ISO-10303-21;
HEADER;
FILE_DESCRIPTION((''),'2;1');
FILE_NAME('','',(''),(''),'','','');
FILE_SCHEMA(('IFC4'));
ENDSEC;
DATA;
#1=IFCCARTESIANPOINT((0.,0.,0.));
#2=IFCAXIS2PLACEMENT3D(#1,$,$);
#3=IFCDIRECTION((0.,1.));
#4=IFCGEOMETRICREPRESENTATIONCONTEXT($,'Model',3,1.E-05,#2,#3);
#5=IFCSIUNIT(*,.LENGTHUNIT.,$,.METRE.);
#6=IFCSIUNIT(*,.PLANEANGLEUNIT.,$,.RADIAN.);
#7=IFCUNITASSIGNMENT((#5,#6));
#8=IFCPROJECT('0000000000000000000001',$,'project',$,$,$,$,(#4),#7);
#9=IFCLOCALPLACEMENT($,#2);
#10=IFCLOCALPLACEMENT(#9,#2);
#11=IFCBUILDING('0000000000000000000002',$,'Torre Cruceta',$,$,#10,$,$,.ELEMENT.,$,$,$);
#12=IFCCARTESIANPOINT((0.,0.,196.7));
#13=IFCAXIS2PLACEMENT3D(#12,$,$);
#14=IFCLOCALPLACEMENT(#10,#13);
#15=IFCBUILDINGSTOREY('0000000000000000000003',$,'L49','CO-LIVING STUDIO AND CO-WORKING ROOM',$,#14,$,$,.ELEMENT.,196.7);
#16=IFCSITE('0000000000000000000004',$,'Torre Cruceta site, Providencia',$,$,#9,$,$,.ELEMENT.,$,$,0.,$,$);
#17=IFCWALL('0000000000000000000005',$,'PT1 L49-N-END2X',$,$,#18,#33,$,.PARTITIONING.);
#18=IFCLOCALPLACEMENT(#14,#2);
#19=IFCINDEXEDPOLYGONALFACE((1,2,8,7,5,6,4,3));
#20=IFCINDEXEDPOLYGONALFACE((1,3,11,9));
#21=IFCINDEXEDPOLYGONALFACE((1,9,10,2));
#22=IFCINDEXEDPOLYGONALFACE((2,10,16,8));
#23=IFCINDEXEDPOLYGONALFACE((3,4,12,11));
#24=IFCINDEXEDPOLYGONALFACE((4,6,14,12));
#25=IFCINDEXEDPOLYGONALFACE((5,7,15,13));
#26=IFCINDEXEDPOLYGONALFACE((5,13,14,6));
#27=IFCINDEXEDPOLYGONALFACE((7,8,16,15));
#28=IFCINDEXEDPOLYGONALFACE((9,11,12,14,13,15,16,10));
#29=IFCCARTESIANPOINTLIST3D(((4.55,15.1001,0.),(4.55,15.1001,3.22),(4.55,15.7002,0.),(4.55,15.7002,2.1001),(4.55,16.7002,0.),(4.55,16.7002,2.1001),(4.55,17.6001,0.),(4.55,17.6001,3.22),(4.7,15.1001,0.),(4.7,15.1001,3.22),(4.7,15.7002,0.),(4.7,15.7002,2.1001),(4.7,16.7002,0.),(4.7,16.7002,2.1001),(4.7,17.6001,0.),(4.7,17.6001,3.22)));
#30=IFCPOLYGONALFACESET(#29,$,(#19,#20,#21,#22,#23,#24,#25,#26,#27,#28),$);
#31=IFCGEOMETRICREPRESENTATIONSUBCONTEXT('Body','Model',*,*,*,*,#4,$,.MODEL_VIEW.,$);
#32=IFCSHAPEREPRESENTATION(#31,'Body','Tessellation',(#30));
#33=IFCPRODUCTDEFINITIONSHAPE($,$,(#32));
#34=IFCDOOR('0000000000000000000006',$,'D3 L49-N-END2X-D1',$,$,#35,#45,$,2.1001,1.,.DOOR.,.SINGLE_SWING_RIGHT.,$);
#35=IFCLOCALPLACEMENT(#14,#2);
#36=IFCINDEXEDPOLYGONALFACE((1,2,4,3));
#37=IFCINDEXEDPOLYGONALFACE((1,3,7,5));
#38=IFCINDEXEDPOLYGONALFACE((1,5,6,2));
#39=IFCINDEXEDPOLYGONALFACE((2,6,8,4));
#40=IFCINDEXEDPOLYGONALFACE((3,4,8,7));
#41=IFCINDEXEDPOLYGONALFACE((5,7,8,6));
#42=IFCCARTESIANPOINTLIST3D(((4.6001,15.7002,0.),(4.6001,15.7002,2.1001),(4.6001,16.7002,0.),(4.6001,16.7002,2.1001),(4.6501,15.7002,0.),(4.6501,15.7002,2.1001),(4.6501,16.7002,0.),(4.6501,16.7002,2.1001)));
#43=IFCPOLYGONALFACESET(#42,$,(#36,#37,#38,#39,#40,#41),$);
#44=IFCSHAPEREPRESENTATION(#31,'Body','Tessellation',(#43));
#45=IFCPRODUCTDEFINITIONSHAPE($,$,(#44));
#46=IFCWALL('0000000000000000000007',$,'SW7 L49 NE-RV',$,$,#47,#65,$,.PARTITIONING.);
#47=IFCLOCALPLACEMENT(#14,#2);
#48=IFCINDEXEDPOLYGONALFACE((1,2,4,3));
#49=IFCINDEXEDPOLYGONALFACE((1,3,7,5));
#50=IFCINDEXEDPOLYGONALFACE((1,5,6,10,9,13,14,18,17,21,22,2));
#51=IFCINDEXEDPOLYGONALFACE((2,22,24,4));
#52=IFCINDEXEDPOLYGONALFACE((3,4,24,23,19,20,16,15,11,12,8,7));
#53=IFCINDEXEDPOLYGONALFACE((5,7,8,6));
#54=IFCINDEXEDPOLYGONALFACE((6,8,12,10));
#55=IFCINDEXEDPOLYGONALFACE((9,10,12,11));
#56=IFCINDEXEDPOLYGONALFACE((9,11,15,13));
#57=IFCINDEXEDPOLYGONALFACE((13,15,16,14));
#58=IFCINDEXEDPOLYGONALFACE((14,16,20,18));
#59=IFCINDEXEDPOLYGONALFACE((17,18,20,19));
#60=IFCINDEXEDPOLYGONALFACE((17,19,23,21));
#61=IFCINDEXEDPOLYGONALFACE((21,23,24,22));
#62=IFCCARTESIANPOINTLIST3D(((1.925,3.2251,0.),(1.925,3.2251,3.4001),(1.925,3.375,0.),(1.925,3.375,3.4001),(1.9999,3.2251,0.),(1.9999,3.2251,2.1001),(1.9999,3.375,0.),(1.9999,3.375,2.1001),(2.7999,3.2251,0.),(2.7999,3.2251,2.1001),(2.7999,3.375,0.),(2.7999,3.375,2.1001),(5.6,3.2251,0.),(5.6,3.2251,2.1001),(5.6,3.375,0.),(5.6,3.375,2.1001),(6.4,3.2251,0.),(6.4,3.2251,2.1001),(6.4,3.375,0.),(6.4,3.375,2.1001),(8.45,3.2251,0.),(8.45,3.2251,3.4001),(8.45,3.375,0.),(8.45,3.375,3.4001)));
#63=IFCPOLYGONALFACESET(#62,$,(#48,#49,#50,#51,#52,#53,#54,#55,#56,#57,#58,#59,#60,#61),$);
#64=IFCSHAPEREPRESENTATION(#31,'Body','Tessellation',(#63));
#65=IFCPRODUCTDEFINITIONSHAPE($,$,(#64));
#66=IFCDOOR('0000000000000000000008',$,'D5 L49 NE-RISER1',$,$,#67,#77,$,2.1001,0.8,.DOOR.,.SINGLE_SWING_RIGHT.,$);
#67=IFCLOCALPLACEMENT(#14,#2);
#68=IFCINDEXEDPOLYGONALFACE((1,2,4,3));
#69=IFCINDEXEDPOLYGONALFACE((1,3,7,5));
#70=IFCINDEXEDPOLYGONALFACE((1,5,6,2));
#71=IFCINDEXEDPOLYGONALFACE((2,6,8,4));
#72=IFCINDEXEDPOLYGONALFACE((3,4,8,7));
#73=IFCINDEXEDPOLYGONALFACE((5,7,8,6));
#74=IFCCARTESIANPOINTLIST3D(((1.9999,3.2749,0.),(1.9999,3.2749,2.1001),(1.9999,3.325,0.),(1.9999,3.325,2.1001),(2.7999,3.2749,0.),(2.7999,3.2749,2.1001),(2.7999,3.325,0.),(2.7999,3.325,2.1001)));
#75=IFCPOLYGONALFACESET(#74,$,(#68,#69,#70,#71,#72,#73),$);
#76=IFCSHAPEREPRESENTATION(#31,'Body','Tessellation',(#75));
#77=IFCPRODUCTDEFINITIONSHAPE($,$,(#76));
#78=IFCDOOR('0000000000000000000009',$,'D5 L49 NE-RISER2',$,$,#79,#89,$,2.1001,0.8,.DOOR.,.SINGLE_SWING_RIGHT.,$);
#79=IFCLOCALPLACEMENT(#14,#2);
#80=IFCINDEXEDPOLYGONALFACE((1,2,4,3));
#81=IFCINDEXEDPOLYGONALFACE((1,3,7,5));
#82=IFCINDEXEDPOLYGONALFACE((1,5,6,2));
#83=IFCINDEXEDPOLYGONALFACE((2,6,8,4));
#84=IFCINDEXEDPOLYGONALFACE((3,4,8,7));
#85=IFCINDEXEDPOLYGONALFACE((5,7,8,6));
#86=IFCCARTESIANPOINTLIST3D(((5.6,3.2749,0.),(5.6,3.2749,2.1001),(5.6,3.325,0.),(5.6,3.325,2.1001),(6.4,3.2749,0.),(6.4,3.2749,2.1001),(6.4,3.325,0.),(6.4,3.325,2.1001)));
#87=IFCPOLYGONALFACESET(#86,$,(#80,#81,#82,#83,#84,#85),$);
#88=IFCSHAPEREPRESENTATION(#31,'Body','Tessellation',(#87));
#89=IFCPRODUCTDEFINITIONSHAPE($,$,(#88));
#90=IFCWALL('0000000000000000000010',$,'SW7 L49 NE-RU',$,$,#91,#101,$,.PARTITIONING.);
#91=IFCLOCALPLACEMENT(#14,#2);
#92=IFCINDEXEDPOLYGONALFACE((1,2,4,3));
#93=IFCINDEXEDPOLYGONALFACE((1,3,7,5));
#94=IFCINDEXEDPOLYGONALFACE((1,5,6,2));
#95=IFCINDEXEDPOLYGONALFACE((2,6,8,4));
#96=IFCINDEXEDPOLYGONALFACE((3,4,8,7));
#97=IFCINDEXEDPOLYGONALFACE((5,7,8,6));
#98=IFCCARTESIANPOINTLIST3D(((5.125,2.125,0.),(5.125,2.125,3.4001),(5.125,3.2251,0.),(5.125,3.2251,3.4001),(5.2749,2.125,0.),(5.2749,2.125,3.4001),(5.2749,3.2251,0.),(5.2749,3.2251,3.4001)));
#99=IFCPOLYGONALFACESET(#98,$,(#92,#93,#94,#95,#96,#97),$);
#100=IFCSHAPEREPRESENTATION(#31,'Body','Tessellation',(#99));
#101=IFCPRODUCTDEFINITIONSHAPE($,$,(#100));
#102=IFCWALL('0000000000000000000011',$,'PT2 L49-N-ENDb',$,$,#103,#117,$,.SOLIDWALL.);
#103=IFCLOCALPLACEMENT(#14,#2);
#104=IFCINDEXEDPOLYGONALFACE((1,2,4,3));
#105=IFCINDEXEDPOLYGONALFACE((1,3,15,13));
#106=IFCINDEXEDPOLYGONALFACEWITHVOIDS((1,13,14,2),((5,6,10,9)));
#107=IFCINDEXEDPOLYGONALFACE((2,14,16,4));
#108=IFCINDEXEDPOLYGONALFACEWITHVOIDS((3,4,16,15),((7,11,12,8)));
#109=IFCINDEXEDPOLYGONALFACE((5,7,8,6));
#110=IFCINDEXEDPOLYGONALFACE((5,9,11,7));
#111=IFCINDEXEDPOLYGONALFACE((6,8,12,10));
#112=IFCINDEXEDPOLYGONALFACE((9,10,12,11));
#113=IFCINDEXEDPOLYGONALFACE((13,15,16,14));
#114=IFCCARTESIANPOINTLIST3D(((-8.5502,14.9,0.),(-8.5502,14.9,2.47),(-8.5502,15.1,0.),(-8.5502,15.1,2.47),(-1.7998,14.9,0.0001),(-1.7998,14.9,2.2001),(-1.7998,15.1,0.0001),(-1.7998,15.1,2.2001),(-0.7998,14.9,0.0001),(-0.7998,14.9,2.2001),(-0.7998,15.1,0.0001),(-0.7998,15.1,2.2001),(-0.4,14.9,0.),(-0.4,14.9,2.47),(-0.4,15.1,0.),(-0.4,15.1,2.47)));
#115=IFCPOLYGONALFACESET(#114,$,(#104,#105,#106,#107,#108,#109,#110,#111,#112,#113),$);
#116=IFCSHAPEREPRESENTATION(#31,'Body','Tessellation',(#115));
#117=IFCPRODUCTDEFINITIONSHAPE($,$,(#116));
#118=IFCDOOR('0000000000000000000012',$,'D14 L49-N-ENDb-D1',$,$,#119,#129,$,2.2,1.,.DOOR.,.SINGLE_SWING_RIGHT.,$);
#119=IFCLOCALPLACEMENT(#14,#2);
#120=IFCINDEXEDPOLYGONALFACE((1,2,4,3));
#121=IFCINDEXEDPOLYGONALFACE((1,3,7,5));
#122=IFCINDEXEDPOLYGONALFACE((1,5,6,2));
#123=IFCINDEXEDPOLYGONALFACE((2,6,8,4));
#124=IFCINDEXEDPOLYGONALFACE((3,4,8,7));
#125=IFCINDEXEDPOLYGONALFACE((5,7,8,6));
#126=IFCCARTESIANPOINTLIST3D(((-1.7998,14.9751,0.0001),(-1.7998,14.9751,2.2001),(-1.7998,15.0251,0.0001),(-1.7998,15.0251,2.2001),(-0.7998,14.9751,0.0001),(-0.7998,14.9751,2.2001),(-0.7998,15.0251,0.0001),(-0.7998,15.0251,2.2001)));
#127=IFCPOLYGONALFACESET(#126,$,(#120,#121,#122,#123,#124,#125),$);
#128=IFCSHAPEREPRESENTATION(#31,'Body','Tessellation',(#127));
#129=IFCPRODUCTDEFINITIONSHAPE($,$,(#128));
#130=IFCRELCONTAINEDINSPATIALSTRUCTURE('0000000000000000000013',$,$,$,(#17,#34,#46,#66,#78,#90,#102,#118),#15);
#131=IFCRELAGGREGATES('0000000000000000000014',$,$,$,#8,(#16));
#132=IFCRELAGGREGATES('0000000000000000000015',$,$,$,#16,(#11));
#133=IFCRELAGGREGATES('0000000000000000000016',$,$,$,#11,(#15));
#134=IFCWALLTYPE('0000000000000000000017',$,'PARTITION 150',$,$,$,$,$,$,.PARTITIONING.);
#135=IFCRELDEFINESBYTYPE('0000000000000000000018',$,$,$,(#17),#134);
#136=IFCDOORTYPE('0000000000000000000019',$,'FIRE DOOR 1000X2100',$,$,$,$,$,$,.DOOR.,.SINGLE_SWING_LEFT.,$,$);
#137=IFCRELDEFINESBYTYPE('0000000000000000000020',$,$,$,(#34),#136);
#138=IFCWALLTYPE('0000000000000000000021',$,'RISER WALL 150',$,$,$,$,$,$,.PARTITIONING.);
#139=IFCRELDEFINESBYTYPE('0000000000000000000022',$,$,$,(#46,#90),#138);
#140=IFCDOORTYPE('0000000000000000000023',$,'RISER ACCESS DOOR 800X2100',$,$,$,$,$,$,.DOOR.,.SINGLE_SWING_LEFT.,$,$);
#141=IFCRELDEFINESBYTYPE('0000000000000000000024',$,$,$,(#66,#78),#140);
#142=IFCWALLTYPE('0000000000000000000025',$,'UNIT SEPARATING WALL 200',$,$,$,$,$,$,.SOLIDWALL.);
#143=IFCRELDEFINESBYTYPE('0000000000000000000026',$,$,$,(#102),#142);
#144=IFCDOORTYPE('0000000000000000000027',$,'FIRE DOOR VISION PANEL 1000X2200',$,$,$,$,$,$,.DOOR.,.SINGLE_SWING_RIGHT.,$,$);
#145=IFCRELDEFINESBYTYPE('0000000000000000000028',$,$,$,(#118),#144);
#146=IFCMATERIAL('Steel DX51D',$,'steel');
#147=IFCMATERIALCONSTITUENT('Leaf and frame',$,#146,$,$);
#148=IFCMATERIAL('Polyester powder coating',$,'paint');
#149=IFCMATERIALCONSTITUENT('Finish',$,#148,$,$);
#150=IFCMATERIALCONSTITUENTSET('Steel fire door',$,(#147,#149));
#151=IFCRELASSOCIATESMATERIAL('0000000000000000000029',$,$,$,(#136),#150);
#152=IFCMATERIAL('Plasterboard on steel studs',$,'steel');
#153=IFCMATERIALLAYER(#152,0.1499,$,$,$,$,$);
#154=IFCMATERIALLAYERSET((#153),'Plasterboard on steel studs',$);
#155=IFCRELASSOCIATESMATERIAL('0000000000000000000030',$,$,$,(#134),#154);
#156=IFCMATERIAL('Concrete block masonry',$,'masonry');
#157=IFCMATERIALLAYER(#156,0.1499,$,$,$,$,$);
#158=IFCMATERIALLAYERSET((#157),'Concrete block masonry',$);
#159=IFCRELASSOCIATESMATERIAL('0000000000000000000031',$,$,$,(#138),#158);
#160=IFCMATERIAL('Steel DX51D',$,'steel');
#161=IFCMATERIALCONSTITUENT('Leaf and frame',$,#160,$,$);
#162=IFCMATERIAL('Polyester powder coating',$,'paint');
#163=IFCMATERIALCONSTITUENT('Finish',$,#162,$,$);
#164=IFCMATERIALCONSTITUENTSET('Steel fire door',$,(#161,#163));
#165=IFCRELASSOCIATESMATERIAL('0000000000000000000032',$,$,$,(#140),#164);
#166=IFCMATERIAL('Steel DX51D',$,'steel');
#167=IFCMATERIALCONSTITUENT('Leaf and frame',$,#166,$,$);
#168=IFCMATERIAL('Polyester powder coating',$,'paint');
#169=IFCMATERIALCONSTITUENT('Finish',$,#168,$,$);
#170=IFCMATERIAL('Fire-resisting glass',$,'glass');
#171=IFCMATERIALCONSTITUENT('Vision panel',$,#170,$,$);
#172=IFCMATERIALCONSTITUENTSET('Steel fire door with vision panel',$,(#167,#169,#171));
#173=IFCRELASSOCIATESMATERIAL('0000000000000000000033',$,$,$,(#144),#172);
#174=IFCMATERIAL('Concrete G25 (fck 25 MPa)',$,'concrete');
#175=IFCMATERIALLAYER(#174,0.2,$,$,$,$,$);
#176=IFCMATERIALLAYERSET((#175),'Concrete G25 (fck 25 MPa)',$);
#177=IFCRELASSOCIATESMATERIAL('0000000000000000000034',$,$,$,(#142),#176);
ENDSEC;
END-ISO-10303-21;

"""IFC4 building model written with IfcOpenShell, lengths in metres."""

from ifc_helpers import new_model, si_unit, direction, frame, frame_2d, origin, place, context, subcontext, project, spatial, rectangle, extrude, material, layer, layer_set, constituent, constituent_set, type_object, element, fill, save


model = new_model("IFC4")

# Units and contexts
model_context = context("Model", 3, precision=1e-05, world=origin(), true_north=direction((0.0, 1.0)))
body_context = subcontext(model_context, "Body", "Model", "MODEL_VIEW")
ifc_project = project(units=[si_unit("LENGTHUNIT", "METRE"), si_unit("PLANEANGLEUNIT", "RADIAN")], contexts=[model_context])

# Site, building, storey
site_placement = place(None, origin())
site = spatial("IfcSite", under=ifc_project, at=site_placement, Name="Torre Cruceta site, Providencia", CompositionType="ELEMENT", RefElevation=0.0)
building_placement = place(site_placement, origin())
building = spatial("IfcBuilding", under=site, at=building_placement, Name="Torre Cruceta", CompositionType="ELEMENT")
storey_placement = place(building_placement, frame((0.0, 0.0, 196.7)))
storey = spatial("IfcBuildingStorey", under=building, at=storey_placement, Name="L49", Description="CO-LIVING STUDIO AND CO-WORKING ROOM", CompositionType="ELEMENT", Elevation=196.7)

# Shared definitions
ifc_material_1 = material(Name="Steel DX51D", Category="steel")
ifc_constituent_1 = constituent(ifc_material_1, Name="Leaf and frame")
ifc_material_2 = material(Name="Polyester powder coating", Category="paint")
ifc_constituent_2 = constituent(ifc_material_2, Name="Finish")
ifc_constituent_set_1 = constituent_set(constituents=[ifc_constituent_1, ifc_constituent_2], Name="Steel fire door")
door_type_1 = type_object("IfcDoorType", Name="FIRE DOOR 1000X2100", OperationType="SINGLE_SWING_LEFT", PredefinedType="DOOR", material=ifc_constituent_set_1)

# Wall, opening, door
ifc_material_3 = material(Name="Plasterboard on steel studs", Category="steel")
ifc_layer_1 = layer(ifc_material_3, 0.1499)
ifc_layer_set_1 = layer_set([ifc_layer_1], Name="Plasterboard on steel studs")
wall_type_1 = type_object("IfcWallType", Name="PARTITION 150", PredefinedType="PARTITIONING", material=ifc_layer_set_1)
wall_1_placement = place(storey_placement, frame((4.625, 15.1001, 0.0), z_axis=(0.0, 0.0, 1.0), x_axis=(0.0, 1.0, 0.0)))
wall_1 = element("IfcWall", 1, at=wall_1_placement, inside=storey, type_object=wall_type_1, Name="PT1 L49-N-END2X", PredefinedType="PARTITIONING", context=body_context, shape_type="SweptSolid", body=[
    extrude(rectangle(XDim=2.5, YDim=0.1499, at=frame_2d((1.25, 0.0))), origin(), (0.0, 0.0, 1.0), 3.22),
])
opening_1_placement = place(wall_1_placement, frame((0.6001, 0.0, 0.0)))
opening_1 = element("IfcOpeningElement", 2, at=opening_1_placement, cuts=wall_1, PredefinedType="OPENING", context=body_context, shape_type="SweptSolid", body=[
    extrude(rectangle(XDim=1.0, YDim=2.1001, at=frame_2d((0.5, 1.05))), frame((0.0, 0.085, 0.0), z_axis=(0.0, -1.0, 0.0), x_axis=(1.0, 0.0, 0.0)), (0.0, 0.0, 1.0), 0.1699),
])
door_1_placement = place(opening_1_placement, frame((1.0, 0.0, 0.0), z_axis=(0.0, 0.0, 1.0), x_axis=(-1.0, 0.0, 0.0)))
door_1 = element("IfcDoor", 3, at=door_1_placement, inside=storey, type_object=door_type_1, Name="D3 L49-N-END2X-D1", OperationType="SINGLE_SWING_RIGHT", OverallHeight=2.1001, OverallWidth=1.0, PredefinedType="DOOR", context=body_context, shape_type="SweptSolid", body=[
    extrude(rectangle(XDim=1.0, YDim=2.1001, at=frame_2d((0.5, 1.05))), frame((0.0, 0.0251, 0.0), z_axis=(0.0, -1.0, 0.0), x_axis=(1.0, 0.0, 0.0)), (0.0, 0.0, 1.0), 0.05),
])
fill(opening_1, door_1)

# Wall, openings, doors
ifc_material_4 = material(Name="Concrete block masonry", Category="masonry")
ifc_layer_2 = layer(ifc_material_4, 0.1499)
ifc_layer_set_2 = layer_set([ifc_layer_2], Name="Concrete block masonry")
wall_type_2 = type_object("IfcWallType", Name="RISER WALL 150", PredefinedType="PARTITIONING", material=ifc_layer_set_2)
wall_2_placement = place(storey_placement, frame((1.925, 3.3, 0.0), z_axis=(0.0, 0.0, 1.0), x_axis=(1.0, 0.0, 0.0)))
wall_2 = element("IfcWall", 4, at=wall_2_placement, inside=storey, type_object=wall_type_2, Name="SW7 L49 NE-RV", PredefinedType="PARTITIONING", context=body_context, shape_type="SweptSolid", body=[
    extrude(rectangle(XDim=6.5249, YDim=0.1499, at=frame_2d((3.2625, 0.0))), origin(), (0.0, 0.0, 1.0), 3.4001),
])
opening_2_placement = place(wall_2_placement, frame((0.075, 0.0, 0.0)))
opening_2 = element("IfcOpeningElement", 5, at=opening_2_placement, cuts=wall_2, PredefinedType="OPENING", context=body_context, shape_type="SweptSolid", body=[
    extrude(rectangle(XDim=0.8, YDim=2.1001, at=frame_2d((0.3999, 1.05))), frame((0.0, 0.085, 0.0), z_axis=(0.0, -1.0, 0.0), x_axis=(1.0, 0.0, 0.0)), (0.0, 0.0, 1.0), 0.1699),
])
opening_3_placement = place(wall_2_placement, frame((3.675, 0.0, 0.0)))
opening_3 = element("IfcOpeningElement", 6, at=opening_3_placement, cuts=wall_2, PredefinedType="OPENING", context=body_context, shape_type="SweptSolid", body=[
    extrude(rectangle(XDim=0.8, YDim=2.1001, at=frame_2d((0.3999, 1.05))), frame((0.0, 0.085, 0.0), z_axis=(0.0, -1.0, 0.0), x_axis=(1.0, 0.0, 0.0)), (0.0, 0.0, 1.0), 0.1699),
])
ifc_material_5 = material(Name="Steel DX51D", Category="steel")
ifc_constituent_3 = constituent(ifc_material_5, Name="Leaf and frame")
ifc_material_6 = material(Name="Polyester powder coating", Category="paint")
ifc_constituent_4 = constituent(ifc_material_6, Name="Finish")
ifc_constituent_set_2 = constituent_set(constituents=[ifc_constituent_3, ifc_constituent_4], Name="Steel fire door")
door_type_2 = type_object("IfcDoorType", Name="RISER ACCESS DOOR 800X2100", OperationType="SINGLE_SWING_LEFT", PredefinedType="DOOR", material=ifc_constituent_set_2)
door_2_placement = place(opening_2_placement, frame((0.8, 0.0, 0.0), z_axis=(0.0, 0.0, 1.0), x_axis=(-1.0, 0.0, 0.0)))
door_2 = element("IfcDoor", 7, at=door_2_placement, inside=storey, type_object=door_type_2, Name="D5 L49 NE-RISER1", OperationType="SINGLE_SWING_RIGHT", OverallHeight=2.1001, OverallWidth=0.8, PredefinedType="DOOR", context=body_context, shape_type="SweptSolid", body=[
    extrude(rectangle(XDim=0.8, YDim=2.1001, at=frame_2d((0.4001, 1.05))), frame((0.0, 0.0251, 0.0), z_axis=(0.0, -1.0, 0.0), x_axis=(1.0, 0.0, 0.0)), (0.0, 0.0, 1.0), 0.05),
])
fill(opening_2, door_2)
door_3_placement = place(opening_3_placement, frame((0.8, 0.0, 0.0), z_axis=(0.0, 0.0, 1.0), x_axis=(-1.0, 0.0, 0.0)))
door_3 = element("IfcDoor", 8, at=door_3_placement, inside=storey, type_object=door_type_2, Name="D5 L49 NE-RISER2", OperationType="SINGLE_SWING_RIGHT", OverallHeight=2.1001, OverallWidth=0.8, PredefinedType="DOOR", context=body_context, shape_type="SweptSolid", body=[
    extrude(rectangle(XDim=0.8, YDim=2.1001, at=frame_2d((0.4001, 1.05))), frame((0.0, 0.0251, 0.0), z_axis=(0.0, -1.0, 0.0), x_axis=(1.0, 0.0, 0.0)), (0.0, 0.0, 1.0), 0.05),
])
fill(opening_3, door_3)

# Wall
wall_3_placement = place(storey_placement, frame((5.2, 2.125, 0.0), z_axis=(0.0, 0.0, 1.0), x_axis=(0.0, 1.0, 0.0)))
element("IfcWall", 9, at=wall_3_placement, inside=storey, type_object=wall_type_2, Name="SW7 L49 NE-RU", PredefinedType="PARTITIONING", context=body_context, shape_type="SweptSolid", body=[
    extrude(rectangle(XDim=1.1001, YDim=0.1499, at=frame_2d((0.55, 0.0))), origin(), (0.0, 0.0, 1.0), 3.4001),
])

# Shared definitions
ifc_material_7 = material(Name="Steel DX51D", Category="steel")
ifc_constituent_5 = constituent(ifc_material_7, Name="Leaf and frame")
ifc_material_8 = material(Name="Polyester powder coating", Category="paint")
ifc_constituent_6 = constituent(ifc_material_8, Name="Finish")
ifc_material_9 = material(Name="Fire-resisting glass", Category="glass")
ifc_constituent_7 = constituent(ifc_material_9, Name="Vision panel")
ifc_constituent_set_3 = constituent_set(constituents=[ifc_constituent_5, ifc_constituent_6, ifc_constituent_7], Name="Steel fire door with vision panel")
door_type_3 = type_object("IfcDoorType", Name="FIRE DOOR VISION PANEL 1000X2200", OperationType="SINGLE_SWING_RIGHT", PredefinedType="DOOR", material=ifc_constituent_set_3)

# Wall, opening, door
ifc_material_10 = material(Name="Concrete G25 (fck 25 MPa)", Category="concrete")
ifc_layer_3 = layer(ifc_material_10, 0.2)
ifc_layer_set_3 = layer_set([ifc_layer_3], Name="Concrete G25 (fck 25 MPa)")
wall_type_3 = type_object("IfcWallType", Name="UNIT SEPARATING WALL 200", PredefinedType="SOLIDWALL", material=ifc_layer_set_3)
wall_4_placement = place(storey_placement, frame((-0.3999, 15.0, 0.0), z_axis=(0.0, 0.0, 1.0), x_axis=(-1.0, 0.0, 0.0)))
wall_4 = element("IfcWall", 10, at=wall_4_placement, inside=storey, type_object=wall_type_3, Name="PT2 L49-N-ENDb", PredefinedType="SOLIDWALL", context=body_context, shape_type="SweptSolid", body=[
    extrude(rectangle(XDim=8.1501, YDim=0.2, at=frame_2d((4.0752, 0.0))), origin(), (0.0, 0.0, 1.0), 2.47),
])
opening_4_placement = place(wall_4_placement, frame((0.3999, 0.0, 0.0)))
opening_4 = element("IfcOpeningElement", 11, at=opening_4_placement, cuts=wall_4, PredefinedType="OPENING", context=body_context, shape_type="SweptSolid", body=[
    extrude(rectangle(XDim=1.0, YDim=2.2, at=frame_2d((0.5, 1.1001))), frame((0.0, 0.1099, 0.0), z_axis=(0.0, -1.0, 0.0), x_axis=(1.0, 0.0, 0.0)), (0.0, 0.0, 1.0), 0.22),
])
door_4_placement = place(opening_4_placement, frame((1.0, 0.0, 0.0), z_axis=(0.0, 0.0, 1.0), x_axis=(-1.0, 0.0, 0.0)))
door_4 = element("IfcDoor", 12, at=door_4_placement, inside=storey, type_object=door_type_3, Name="D14 L49-N-ENDb-D1", OperationType="SINGLE_SWING_RIGHT", OverallHeight=2.2, OverallWidth=1.0, PredefinedType="DOOR", context=body_context, shape_type="SweptSolid", body=[
    extrude(rectangle(XDim=1.0, YDim=2.2, at=frame_2d((0.5, 1.1001))), frame((0.0, 0.0251, 0.0), z_axis=(0.0, -1.0, 0.0), x_axis=(1.0, 0.0, 0.0)), (0.0, 0.0, 1.0), 0.05),
])
fill(opening_4, door_4)

save(model, "model.ifc")
